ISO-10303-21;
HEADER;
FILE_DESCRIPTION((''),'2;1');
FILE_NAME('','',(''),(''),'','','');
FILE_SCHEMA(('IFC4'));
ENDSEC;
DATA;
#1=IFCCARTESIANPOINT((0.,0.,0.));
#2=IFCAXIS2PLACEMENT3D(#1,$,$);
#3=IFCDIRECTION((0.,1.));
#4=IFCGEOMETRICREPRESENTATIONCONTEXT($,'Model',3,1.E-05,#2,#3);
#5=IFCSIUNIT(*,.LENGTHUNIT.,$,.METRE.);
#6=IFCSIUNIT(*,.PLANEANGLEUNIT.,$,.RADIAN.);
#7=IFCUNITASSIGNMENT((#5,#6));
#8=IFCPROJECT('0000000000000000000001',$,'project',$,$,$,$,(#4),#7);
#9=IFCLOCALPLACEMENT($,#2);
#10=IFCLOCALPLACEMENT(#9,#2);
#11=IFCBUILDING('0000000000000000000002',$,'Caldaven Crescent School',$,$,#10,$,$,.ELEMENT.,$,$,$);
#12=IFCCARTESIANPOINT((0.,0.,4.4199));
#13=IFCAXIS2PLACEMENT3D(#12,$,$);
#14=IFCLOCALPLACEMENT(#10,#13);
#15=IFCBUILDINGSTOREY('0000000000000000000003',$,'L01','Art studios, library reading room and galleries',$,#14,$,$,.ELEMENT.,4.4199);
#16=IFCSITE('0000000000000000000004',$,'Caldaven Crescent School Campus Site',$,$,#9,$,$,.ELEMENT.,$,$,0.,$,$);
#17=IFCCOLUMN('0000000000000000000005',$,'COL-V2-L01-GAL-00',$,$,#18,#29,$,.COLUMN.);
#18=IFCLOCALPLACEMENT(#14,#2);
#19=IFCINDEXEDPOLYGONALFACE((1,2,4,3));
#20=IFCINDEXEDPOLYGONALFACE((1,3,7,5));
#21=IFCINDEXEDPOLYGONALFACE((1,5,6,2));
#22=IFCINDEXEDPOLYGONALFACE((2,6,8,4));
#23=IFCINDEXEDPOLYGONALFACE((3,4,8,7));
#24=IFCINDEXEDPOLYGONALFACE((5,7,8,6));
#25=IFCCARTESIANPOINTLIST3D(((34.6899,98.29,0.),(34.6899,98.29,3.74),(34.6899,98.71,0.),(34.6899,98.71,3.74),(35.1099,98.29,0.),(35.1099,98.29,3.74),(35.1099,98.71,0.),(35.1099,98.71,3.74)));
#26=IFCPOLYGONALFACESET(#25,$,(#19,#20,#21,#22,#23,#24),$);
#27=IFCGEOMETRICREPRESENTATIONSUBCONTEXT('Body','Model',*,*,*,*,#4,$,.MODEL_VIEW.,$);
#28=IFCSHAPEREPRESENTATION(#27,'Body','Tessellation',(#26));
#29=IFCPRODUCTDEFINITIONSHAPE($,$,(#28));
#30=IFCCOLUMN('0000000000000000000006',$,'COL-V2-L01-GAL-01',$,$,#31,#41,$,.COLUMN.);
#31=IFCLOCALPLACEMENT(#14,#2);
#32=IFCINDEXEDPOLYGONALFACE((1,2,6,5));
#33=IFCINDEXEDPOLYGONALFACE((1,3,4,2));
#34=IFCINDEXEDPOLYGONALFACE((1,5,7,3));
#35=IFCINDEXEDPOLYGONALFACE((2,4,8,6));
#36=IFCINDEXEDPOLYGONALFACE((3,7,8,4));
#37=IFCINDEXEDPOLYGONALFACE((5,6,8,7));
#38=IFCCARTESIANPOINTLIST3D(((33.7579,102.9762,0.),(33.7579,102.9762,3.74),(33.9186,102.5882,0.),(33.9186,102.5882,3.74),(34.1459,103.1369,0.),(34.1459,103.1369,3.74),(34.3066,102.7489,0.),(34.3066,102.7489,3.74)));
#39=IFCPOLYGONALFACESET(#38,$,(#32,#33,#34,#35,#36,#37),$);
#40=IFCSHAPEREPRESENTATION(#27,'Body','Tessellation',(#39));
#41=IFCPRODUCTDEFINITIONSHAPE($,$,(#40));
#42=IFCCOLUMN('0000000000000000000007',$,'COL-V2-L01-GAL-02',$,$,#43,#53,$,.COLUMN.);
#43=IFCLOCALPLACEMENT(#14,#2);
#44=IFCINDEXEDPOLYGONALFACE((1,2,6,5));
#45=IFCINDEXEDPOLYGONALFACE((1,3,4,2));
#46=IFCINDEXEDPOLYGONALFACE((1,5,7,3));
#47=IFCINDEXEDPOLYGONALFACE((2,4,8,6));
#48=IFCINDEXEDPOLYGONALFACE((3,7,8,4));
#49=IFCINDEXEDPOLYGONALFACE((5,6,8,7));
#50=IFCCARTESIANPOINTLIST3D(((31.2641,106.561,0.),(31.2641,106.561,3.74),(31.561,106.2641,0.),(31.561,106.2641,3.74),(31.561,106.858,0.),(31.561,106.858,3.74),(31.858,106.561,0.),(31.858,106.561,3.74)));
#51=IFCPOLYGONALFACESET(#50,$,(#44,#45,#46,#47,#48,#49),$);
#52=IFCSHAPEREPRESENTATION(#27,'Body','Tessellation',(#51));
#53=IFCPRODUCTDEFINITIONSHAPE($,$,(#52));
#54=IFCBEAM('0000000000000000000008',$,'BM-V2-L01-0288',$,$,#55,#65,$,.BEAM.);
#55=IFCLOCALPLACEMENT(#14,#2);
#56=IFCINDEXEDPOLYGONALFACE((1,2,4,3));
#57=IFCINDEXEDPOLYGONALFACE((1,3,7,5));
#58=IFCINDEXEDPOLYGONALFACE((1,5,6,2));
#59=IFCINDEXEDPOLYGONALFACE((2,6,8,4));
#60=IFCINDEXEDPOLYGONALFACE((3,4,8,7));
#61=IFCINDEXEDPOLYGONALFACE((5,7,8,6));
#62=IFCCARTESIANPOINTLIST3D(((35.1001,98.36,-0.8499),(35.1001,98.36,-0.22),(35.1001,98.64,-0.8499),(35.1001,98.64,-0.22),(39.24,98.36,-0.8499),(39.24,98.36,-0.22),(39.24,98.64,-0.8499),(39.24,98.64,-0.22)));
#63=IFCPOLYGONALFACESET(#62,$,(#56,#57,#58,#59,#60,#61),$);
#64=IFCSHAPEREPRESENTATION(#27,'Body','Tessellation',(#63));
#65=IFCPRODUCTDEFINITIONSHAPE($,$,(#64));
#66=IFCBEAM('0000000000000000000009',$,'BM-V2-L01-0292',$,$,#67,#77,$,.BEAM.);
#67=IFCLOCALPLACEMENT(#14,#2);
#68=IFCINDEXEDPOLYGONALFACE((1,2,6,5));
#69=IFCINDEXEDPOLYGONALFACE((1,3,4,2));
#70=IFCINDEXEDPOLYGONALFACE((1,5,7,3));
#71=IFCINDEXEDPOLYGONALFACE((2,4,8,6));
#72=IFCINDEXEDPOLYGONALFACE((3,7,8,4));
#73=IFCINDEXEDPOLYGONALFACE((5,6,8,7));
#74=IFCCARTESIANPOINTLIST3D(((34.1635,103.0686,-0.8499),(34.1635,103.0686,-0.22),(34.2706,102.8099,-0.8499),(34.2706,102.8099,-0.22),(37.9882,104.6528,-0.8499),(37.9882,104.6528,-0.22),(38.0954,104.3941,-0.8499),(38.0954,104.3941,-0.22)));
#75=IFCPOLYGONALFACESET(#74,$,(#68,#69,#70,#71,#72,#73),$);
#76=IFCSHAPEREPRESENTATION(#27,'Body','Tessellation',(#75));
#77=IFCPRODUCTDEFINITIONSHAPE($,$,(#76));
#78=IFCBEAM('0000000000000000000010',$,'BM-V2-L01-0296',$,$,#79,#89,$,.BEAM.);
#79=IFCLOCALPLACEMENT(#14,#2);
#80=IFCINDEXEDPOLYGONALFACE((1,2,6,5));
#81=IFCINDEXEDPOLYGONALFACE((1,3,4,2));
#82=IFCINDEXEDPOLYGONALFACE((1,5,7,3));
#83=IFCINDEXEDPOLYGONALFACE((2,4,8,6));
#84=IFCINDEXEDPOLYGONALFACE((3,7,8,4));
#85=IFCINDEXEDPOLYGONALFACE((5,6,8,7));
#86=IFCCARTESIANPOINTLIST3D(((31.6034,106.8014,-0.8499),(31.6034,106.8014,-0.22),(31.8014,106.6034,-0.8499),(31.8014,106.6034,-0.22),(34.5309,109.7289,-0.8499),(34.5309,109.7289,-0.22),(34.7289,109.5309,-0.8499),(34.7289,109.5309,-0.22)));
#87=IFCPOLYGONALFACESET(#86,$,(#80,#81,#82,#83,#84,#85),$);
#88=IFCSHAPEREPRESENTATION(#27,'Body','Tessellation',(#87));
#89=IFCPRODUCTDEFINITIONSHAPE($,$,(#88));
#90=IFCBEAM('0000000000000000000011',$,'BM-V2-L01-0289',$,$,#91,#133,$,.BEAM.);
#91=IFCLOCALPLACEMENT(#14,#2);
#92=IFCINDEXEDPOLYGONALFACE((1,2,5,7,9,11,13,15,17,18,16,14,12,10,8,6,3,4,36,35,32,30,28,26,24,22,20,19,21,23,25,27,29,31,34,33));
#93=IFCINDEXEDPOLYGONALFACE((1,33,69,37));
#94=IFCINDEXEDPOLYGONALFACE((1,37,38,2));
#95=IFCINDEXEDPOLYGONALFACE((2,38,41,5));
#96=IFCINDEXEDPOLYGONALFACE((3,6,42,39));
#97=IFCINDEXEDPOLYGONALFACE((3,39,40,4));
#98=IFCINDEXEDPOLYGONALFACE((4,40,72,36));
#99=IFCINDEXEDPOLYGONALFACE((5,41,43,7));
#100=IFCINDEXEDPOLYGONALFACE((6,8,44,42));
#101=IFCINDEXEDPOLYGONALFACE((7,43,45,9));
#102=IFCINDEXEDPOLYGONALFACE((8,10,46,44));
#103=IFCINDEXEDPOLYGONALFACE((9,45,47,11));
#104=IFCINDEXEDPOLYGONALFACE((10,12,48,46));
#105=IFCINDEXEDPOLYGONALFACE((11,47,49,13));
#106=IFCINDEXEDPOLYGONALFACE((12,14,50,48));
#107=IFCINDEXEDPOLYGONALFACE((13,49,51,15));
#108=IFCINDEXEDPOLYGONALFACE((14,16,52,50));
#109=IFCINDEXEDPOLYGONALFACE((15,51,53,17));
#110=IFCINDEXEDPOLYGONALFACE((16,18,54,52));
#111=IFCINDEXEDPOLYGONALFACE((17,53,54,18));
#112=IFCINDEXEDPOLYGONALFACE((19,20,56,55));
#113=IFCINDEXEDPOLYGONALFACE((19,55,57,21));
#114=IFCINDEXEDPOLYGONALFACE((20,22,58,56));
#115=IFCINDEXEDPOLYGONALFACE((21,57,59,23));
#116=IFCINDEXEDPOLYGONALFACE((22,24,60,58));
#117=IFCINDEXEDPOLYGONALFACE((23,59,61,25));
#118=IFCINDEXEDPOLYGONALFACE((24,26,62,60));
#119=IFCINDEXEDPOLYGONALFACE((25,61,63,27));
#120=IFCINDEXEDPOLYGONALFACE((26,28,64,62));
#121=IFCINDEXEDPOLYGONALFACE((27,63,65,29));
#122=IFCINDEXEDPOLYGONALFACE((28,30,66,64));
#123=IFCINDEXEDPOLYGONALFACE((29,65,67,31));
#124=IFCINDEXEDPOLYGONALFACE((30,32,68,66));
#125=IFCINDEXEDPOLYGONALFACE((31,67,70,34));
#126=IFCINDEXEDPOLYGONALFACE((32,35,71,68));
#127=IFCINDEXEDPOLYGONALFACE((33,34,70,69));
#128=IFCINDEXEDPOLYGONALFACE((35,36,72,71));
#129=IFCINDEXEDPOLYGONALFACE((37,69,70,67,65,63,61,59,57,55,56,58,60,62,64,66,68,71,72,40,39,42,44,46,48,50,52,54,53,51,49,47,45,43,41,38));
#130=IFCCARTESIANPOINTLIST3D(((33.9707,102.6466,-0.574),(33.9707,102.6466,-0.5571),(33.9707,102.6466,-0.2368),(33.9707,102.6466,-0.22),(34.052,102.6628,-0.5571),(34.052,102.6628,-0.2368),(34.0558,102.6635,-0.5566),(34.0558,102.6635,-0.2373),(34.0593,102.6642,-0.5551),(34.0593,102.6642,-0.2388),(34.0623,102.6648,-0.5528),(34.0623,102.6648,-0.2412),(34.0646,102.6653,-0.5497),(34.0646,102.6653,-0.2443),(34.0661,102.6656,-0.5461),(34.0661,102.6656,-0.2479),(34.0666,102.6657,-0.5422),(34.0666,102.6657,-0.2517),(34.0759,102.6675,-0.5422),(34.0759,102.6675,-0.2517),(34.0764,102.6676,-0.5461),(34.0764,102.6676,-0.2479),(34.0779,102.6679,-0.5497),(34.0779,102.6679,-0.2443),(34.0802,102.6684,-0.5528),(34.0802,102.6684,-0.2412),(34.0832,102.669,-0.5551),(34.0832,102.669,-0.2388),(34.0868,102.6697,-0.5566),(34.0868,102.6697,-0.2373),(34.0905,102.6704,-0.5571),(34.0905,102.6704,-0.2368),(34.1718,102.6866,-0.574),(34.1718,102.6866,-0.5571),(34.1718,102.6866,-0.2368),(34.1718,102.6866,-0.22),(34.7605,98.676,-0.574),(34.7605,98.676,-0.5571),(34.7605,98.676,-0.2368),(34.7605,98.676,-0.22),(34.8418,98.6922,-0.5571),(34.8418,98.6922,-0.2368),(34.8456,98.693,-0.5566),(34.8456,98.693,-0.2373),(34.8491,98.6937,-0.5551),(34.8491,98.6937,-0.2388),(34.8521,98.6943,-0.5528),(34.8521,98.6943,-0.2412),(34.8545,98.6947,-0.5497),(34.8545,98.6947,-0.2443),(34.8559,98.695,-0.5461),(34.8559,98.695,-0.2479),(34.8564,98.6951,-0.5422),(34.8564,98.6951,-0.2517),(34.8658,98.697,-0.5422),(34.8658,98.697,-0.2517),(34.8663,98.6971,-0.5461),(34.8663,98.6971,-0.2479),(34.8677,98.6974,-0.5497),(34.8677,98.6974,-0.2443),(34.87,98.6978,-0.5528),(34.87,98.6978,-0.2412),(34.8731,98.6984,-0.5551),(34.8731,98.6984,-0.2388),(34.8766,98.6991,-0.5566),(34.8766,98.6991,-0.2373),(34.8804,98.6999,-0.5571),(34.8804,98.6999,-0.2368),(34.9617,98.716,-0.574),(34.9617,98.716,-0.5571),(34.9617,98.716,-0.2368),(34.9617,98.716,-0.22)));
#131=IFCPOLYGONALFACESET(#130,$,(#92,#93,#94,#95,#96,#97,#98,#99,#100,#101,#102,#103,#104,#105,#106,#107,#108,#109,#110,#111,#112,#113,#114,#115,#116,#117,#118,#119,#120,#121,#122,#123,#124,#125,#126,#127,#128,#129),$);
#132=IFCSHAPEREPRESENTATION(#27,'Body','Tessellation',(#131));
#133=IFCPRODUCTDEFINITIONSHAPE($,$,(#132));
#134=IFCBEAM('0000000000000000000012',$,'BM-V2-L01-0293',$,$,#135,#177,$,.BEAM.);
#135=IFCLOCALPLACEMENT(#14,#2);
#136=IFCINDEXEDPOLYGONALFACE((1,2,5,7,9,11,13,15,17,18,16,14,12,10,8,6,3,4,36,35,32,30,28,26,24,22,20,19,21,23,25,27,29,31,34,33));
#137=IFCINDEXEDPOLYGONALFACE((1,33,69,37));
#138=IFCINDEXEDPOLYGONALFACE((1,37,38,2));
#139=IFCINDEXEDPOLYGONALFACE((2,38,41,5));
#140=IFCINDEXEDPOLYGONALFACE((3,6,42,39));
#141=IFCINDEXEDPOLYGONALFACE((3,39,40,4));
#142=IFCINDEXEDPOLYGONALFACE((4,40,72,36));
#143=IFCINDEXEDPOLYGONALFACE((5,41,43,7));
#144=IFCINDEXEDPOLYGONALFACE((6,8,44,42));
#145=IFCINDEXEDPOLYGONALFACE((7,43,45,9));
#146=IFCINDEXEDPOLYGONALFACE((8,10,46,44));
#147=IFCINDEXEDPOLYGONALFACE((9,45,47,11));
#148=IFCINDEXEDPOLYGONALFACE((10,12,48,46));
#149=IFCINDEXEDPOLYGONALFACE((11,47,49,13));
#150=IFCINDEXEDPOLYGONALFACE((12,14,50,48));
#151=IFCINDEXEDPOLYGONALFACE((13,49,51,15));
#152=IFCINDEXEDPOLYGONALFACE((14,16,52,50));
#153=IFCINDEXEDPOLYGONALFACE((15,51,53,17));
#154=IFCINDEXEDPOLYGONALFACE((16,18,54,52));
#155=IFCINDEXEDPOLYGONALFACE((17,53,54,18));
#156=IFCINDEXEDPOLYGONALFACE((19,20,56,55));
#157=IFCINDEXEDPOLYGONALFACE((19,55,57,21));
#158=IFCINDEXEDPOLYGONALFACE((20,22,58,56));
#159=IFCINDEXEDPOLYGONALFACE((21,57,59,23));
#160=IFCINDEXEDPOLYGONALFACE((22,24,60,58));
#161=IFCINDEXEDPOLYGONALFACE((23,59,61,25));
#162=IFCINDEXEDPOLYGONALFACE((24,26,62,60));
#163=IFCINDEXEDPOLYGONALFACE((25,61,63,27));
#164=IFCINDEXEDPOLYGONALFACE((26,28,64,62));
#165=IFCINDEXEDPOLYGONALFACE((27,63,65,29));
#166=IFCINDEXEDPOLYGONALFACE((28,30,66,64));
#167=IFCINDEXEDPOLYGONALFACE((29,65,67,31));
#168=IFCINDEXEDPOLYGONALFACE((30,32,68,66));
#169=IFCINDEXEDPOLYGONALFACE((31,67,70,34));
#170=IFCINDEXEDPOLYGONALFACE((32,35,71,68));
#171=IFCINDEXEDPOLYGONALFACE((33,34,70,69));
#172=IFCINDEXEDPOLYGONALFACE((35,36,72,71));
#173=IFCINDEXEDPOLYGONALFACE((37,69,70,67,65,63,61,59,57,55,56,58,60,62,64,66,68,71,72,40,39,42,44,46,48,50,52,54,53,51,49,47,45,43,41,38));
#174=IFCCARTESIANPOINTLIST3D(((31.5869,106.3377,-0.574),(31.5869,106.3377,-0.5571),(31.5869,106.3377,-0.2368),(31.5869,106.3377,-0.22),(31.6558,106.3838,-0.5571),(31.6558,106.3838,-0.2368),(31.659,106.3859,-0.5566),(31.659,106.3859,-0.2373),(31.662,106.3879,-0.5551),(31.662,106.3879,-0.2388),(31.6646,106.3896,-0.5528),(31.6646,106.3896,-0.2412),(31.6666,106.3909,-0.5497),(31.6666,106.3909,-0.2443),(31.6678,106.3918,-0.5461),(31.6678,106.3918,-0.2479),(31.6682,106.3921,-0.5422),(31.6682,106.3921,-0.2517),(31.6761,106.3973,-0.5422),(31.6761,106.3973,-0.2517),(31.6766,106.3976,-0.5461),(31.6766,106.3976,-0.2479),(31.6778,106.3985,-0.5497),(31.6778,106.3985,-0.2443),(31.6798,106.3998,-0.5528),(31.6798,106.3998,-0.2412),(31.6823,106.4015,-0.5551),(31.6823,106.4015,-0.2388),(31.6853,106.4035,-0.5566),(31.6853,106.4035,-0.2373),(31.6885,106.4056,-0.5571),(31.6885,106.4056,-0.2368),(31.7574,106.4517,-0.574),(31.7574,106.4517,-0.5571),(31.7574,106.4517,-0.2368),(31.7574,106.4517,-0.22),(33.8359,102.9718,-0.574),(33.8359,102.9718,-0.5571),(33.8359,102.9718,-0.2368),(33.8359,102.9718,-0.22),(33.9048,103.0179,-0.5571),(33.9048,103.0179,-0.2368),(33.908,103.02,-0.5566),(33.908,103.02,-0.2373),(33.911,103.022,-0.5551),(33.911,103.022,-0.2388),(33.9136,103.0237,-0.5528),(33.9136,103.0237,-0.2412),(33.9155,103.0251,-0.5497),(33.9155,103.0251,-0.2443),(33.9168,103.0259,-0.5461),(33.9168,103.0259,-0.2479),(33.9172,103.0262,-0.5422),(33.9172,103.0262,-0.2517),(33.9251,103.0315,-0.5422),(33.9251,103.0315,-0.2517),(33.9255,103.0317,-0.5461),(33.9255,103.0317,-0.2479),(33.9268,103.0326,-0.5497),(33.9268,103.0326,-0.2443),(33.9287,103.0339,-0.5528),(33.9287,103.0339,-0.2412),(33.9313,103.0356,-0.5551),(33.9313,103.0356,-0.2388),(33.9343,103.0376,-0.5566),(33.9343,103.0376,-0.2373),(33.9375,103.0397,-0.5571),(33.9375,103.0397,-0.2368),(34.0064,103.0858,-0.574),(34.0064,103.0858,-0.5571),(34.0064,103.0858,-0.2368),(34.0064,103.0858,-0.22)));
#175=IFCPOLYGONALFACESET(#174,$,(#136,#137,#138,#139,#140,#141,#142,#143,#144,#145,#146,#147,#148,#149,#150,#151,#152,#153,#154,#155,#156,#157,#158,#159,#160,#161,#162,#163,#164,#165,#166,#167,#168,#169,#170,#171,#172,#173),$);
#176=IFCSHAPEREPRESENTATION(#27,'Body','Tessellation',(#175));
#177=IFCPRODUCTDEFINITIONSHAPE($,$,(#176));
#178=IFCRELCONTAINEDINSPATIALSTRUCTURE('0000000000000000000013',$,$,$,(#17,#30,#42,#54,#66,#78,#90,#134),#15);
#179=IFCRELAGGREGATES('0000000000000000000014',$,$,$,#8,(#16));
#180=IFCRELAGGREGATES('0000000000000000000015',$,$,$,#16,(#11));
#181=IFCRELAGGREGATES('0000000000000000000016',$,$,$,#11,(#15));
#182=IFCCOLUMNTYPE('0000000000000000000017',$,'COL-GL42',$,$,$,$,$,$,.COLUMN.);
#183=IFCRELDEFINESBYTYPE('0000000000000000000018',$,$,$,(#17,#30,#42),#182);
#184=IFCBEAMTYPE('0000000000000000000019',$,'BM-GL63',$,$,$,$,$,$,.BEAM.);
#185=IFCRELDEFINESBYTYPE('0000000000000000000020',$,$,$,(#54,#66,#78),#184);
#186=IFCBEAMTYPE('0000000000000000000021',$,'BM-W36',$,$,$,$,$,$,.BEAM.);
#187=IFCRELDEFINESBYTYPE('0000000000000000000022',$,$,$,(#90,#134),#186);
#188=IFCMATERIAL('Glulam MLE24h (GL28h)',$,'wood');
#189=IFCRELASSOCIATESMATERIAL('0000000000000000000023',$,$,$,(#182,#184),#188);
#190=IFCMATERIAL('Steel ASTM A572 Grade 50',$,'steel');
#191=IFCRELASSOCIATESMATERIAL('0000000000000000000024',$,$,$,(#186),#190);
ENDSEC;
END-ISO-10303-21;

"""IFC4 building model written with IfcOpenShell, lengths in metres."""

from ifc_helpers import new_model, si_unit, direction, frame, origin, origin_2d, place, context, subcontext, project, spatial, rectangle, i_section, extrude, material, material_profile, profile_set, type_object, element, save


model = new_model("IFC4")

# Units and contexts
model_context = context("Model", 3, precision=1e-05, world=origin(), true_north=direction((0.0, 1.0)))
body_context = subcontext(model_context, "Body", "Model", "MODEL_VIEW")
ifc_project = project(units=[si_unit("LENGTHUNIT", "METRE"), si_unit("PLANEANGLEUNIT", "RADIAN")], contexts=[model_context])

# Site, building, storey
site_placement = place(None, origin())
site = spatial("IfcSite", under=ifc_project, at=site_placement, Name="Caldaven Crescent School Campus Site", CompositionType="ELEMENT", RefElevation=0.0)
building_placement = place(site_placement, origin())
building = spatial("IfcBuilding", under=site, at=building_placement, Name="Caldaven Crescent School", CompositionType="ELEMENT")
storey_placement = place(building_placement, frame((0.0, 0.0, 4.4199)))
storey = spatial("IfcBuildingStorey", under=building, at=storey_placement, Name="L01", Description="Art studios, library reading room and galleries", CompositionType="ELEMENT", Elevation=4.4199)

# Columns
ifc_material_1 = material(Name="Glulam MLE24h (GL28h)", Category="wood")
ifc_material_profile_1 = material_profile(ifc_material_1, rectangle(XDim=0.4199, YDim=0.4199, at=origin_2d()), Name="MLE 420x420")
ifc_profile_set_1 = profile_set([ifc_material_profile_1], Name="Glulam MLE24h (GL28h)")
column_type = type_object("IfcColumnType", Name="COL-GL42", PredefinedType="COLUMN", material=ifc_profile_set_1)
for number, where, z_axis, x_axis, name in (
    (1, (34.8999, 98.5, 0.0), (0.0, 0.0, 1.0), (1.0, 0.0, 0.0), "COL-V2-L01-GAL-00"),
    (2, (34.0322, 102.8625, 0.0), (0.0, 0.0, 1.0), (0.92388, 0.382683, 0.0), "COL-V2-L01-GAL-01"),
    (3, (31.561, 106.561, 0.0), (0.0, 0.0, 1.0), (0.707107, 0.707107, 0.0), "COL-V2-L01-GAL-02"),
):
    element("IfcColumn", number, at=place(storey_placement, frame(where, z_axis=z_axis, x_axis=x_axis)), inside=storey, type_object=column_type, Name=name, PredefinedType="COLUMN", context=body_context, shape_type="SweptSolid", body=[
        extrude(rectangle(XDim=0.4199, YDim=0.4199, at=origin_2d()), origin(), (0.0, 0.0, 1.0), 3.74),
    ])

# Beams
ifc_material_profile_2 = material_profile(ifc_material_1, rectangle(XDim=0.28, YDim=0.6299, at=origin_2d()), Name="MLE 280x630")
ifc_profile_set_2 = profile_set([ifc_material_profile_2], Name="Glulam MLE24h (GL28h)")
beam_type_1 = type_object("IfcBeamType", Name="BM-GL63", PredefinedType="BEAM", material=ifc_profile_set_2)
for number, where, z_axis, x_axis, name in (
    (4, (35.1001, 98.5, -0.5349), (1.0, 0.0, 0.0), (0.0, 1.0, 0.0), "BM-V2-L01-0288"),
    (5, (34.217, 102.9392, -0.5349), (0.923881, 0.38268, 0.0), (-0.38268, 0.923881, 0.0), "BM-V2-L01-0292"),
):
    element("IfcBeam", number, at=place(storey_placement, frame(where, z_axis=z_axis, x_axis=x_axis)), inside=storey, type_object=beam_type_1, Name=name, PredefinedType="BEAM", context=body_context, shape_type="SweptSolid", body=[
        extrude(rectangle(XDim=0.28, YDim=0.6299, at=origin_2d()), origin(), (0.0, 0.0, 1.0), 4.1399),
    ])
beam_1_placement = place(storey_placement, frame((31.7024, 106.7024, -0.5349), z_axis=(0.707107, 0.707107, 0.0), x_axis=(-0.707107, 0.707107, 0.0)))
element("IfcBeam", 6, at=beam_1_placement, inside=storey, type_object=beam_type_1, Name="BM-V2-L01-0296", PredefinedType="BEAM", context=body_context, shape_type="SweptSolid", body=[
    extrude(rectangle(XDim=0.28, YDim=0.6299, at=origin_2d()), origin(), (0.0, 0.0, 1.0), 4.1401),
])
ifc_material_2 = material(Name="Steel ASTM A572 Grade 50", Category="steel")
ifc_material_profile_3 = material_profile(ifc_material_2, i_section(OverallWidth=0.2051, OverallDepth=0.354, WebThickness=0.0095, FlangeThickness=0.0168, FilletRadius=0.0149, at=origin_2d()), Name="W360x79")
ifc_profile_set_3 = profile_set([ifc_material_profile_3], Name="Steel ASTM A572 Grade 50")
beam_type_2 = type_object("IfcBeamType", Name="BM-W36", PredefinedType="BEAM", material=ifc_profile_set_3)
beam_2_placement = place(storey_placement, frame((34.8611, 98.696, -0.397), z_axis=(-0.195095, 0.980784, 0.0), x_axis=(-0.980784, -0.195095, 0.0)))
element("IfcBeam", 7, at=beam_2_placement, inside=storey, type_object=beam_type_2, Name="BM-V2-L01-0289", PredefinedType="BEAM", context=body_context, shape_type="SweptSolid", body=[
    extrude(i_section(OverallWidth=0.2051, OverallDepth=0.354, WebThickness=0.0095, FlangeThickness=0.0168, FilletRadius=0.0149, at=origin_2d()), origin(), (0.0, 0.0, 1.0), 4.0483),
])
for number, where, z_axis, x_axis, name in (
    (8, (33.9211, 103.0288, -0.397), (-0.555563, 0.831475, 0.0), (-0.831475, -0.555563, 0.0), "BM-V2-L01-0293"),
):
    element("IfcBeam", number, at=place(storey_placement, frame(where, z_axis=z_axis, x_axis=x_axis)), inside=storey, type_object=beam_type_2, Name=name, PredefinedType="BEAM", context=body_context, shape_type="SweptSolid", body=[
        extrude(i_section(OverallWidth=0.2051, OverallDepth=0.354, WebThickness=0.0095, FlangeThickness=0.0168, FilletRadius=0.0149, at=origin_2d()), origin(), (0.0, 0.0, 1.0), 4.0481),
    ])

save(model, "model.ifc")
